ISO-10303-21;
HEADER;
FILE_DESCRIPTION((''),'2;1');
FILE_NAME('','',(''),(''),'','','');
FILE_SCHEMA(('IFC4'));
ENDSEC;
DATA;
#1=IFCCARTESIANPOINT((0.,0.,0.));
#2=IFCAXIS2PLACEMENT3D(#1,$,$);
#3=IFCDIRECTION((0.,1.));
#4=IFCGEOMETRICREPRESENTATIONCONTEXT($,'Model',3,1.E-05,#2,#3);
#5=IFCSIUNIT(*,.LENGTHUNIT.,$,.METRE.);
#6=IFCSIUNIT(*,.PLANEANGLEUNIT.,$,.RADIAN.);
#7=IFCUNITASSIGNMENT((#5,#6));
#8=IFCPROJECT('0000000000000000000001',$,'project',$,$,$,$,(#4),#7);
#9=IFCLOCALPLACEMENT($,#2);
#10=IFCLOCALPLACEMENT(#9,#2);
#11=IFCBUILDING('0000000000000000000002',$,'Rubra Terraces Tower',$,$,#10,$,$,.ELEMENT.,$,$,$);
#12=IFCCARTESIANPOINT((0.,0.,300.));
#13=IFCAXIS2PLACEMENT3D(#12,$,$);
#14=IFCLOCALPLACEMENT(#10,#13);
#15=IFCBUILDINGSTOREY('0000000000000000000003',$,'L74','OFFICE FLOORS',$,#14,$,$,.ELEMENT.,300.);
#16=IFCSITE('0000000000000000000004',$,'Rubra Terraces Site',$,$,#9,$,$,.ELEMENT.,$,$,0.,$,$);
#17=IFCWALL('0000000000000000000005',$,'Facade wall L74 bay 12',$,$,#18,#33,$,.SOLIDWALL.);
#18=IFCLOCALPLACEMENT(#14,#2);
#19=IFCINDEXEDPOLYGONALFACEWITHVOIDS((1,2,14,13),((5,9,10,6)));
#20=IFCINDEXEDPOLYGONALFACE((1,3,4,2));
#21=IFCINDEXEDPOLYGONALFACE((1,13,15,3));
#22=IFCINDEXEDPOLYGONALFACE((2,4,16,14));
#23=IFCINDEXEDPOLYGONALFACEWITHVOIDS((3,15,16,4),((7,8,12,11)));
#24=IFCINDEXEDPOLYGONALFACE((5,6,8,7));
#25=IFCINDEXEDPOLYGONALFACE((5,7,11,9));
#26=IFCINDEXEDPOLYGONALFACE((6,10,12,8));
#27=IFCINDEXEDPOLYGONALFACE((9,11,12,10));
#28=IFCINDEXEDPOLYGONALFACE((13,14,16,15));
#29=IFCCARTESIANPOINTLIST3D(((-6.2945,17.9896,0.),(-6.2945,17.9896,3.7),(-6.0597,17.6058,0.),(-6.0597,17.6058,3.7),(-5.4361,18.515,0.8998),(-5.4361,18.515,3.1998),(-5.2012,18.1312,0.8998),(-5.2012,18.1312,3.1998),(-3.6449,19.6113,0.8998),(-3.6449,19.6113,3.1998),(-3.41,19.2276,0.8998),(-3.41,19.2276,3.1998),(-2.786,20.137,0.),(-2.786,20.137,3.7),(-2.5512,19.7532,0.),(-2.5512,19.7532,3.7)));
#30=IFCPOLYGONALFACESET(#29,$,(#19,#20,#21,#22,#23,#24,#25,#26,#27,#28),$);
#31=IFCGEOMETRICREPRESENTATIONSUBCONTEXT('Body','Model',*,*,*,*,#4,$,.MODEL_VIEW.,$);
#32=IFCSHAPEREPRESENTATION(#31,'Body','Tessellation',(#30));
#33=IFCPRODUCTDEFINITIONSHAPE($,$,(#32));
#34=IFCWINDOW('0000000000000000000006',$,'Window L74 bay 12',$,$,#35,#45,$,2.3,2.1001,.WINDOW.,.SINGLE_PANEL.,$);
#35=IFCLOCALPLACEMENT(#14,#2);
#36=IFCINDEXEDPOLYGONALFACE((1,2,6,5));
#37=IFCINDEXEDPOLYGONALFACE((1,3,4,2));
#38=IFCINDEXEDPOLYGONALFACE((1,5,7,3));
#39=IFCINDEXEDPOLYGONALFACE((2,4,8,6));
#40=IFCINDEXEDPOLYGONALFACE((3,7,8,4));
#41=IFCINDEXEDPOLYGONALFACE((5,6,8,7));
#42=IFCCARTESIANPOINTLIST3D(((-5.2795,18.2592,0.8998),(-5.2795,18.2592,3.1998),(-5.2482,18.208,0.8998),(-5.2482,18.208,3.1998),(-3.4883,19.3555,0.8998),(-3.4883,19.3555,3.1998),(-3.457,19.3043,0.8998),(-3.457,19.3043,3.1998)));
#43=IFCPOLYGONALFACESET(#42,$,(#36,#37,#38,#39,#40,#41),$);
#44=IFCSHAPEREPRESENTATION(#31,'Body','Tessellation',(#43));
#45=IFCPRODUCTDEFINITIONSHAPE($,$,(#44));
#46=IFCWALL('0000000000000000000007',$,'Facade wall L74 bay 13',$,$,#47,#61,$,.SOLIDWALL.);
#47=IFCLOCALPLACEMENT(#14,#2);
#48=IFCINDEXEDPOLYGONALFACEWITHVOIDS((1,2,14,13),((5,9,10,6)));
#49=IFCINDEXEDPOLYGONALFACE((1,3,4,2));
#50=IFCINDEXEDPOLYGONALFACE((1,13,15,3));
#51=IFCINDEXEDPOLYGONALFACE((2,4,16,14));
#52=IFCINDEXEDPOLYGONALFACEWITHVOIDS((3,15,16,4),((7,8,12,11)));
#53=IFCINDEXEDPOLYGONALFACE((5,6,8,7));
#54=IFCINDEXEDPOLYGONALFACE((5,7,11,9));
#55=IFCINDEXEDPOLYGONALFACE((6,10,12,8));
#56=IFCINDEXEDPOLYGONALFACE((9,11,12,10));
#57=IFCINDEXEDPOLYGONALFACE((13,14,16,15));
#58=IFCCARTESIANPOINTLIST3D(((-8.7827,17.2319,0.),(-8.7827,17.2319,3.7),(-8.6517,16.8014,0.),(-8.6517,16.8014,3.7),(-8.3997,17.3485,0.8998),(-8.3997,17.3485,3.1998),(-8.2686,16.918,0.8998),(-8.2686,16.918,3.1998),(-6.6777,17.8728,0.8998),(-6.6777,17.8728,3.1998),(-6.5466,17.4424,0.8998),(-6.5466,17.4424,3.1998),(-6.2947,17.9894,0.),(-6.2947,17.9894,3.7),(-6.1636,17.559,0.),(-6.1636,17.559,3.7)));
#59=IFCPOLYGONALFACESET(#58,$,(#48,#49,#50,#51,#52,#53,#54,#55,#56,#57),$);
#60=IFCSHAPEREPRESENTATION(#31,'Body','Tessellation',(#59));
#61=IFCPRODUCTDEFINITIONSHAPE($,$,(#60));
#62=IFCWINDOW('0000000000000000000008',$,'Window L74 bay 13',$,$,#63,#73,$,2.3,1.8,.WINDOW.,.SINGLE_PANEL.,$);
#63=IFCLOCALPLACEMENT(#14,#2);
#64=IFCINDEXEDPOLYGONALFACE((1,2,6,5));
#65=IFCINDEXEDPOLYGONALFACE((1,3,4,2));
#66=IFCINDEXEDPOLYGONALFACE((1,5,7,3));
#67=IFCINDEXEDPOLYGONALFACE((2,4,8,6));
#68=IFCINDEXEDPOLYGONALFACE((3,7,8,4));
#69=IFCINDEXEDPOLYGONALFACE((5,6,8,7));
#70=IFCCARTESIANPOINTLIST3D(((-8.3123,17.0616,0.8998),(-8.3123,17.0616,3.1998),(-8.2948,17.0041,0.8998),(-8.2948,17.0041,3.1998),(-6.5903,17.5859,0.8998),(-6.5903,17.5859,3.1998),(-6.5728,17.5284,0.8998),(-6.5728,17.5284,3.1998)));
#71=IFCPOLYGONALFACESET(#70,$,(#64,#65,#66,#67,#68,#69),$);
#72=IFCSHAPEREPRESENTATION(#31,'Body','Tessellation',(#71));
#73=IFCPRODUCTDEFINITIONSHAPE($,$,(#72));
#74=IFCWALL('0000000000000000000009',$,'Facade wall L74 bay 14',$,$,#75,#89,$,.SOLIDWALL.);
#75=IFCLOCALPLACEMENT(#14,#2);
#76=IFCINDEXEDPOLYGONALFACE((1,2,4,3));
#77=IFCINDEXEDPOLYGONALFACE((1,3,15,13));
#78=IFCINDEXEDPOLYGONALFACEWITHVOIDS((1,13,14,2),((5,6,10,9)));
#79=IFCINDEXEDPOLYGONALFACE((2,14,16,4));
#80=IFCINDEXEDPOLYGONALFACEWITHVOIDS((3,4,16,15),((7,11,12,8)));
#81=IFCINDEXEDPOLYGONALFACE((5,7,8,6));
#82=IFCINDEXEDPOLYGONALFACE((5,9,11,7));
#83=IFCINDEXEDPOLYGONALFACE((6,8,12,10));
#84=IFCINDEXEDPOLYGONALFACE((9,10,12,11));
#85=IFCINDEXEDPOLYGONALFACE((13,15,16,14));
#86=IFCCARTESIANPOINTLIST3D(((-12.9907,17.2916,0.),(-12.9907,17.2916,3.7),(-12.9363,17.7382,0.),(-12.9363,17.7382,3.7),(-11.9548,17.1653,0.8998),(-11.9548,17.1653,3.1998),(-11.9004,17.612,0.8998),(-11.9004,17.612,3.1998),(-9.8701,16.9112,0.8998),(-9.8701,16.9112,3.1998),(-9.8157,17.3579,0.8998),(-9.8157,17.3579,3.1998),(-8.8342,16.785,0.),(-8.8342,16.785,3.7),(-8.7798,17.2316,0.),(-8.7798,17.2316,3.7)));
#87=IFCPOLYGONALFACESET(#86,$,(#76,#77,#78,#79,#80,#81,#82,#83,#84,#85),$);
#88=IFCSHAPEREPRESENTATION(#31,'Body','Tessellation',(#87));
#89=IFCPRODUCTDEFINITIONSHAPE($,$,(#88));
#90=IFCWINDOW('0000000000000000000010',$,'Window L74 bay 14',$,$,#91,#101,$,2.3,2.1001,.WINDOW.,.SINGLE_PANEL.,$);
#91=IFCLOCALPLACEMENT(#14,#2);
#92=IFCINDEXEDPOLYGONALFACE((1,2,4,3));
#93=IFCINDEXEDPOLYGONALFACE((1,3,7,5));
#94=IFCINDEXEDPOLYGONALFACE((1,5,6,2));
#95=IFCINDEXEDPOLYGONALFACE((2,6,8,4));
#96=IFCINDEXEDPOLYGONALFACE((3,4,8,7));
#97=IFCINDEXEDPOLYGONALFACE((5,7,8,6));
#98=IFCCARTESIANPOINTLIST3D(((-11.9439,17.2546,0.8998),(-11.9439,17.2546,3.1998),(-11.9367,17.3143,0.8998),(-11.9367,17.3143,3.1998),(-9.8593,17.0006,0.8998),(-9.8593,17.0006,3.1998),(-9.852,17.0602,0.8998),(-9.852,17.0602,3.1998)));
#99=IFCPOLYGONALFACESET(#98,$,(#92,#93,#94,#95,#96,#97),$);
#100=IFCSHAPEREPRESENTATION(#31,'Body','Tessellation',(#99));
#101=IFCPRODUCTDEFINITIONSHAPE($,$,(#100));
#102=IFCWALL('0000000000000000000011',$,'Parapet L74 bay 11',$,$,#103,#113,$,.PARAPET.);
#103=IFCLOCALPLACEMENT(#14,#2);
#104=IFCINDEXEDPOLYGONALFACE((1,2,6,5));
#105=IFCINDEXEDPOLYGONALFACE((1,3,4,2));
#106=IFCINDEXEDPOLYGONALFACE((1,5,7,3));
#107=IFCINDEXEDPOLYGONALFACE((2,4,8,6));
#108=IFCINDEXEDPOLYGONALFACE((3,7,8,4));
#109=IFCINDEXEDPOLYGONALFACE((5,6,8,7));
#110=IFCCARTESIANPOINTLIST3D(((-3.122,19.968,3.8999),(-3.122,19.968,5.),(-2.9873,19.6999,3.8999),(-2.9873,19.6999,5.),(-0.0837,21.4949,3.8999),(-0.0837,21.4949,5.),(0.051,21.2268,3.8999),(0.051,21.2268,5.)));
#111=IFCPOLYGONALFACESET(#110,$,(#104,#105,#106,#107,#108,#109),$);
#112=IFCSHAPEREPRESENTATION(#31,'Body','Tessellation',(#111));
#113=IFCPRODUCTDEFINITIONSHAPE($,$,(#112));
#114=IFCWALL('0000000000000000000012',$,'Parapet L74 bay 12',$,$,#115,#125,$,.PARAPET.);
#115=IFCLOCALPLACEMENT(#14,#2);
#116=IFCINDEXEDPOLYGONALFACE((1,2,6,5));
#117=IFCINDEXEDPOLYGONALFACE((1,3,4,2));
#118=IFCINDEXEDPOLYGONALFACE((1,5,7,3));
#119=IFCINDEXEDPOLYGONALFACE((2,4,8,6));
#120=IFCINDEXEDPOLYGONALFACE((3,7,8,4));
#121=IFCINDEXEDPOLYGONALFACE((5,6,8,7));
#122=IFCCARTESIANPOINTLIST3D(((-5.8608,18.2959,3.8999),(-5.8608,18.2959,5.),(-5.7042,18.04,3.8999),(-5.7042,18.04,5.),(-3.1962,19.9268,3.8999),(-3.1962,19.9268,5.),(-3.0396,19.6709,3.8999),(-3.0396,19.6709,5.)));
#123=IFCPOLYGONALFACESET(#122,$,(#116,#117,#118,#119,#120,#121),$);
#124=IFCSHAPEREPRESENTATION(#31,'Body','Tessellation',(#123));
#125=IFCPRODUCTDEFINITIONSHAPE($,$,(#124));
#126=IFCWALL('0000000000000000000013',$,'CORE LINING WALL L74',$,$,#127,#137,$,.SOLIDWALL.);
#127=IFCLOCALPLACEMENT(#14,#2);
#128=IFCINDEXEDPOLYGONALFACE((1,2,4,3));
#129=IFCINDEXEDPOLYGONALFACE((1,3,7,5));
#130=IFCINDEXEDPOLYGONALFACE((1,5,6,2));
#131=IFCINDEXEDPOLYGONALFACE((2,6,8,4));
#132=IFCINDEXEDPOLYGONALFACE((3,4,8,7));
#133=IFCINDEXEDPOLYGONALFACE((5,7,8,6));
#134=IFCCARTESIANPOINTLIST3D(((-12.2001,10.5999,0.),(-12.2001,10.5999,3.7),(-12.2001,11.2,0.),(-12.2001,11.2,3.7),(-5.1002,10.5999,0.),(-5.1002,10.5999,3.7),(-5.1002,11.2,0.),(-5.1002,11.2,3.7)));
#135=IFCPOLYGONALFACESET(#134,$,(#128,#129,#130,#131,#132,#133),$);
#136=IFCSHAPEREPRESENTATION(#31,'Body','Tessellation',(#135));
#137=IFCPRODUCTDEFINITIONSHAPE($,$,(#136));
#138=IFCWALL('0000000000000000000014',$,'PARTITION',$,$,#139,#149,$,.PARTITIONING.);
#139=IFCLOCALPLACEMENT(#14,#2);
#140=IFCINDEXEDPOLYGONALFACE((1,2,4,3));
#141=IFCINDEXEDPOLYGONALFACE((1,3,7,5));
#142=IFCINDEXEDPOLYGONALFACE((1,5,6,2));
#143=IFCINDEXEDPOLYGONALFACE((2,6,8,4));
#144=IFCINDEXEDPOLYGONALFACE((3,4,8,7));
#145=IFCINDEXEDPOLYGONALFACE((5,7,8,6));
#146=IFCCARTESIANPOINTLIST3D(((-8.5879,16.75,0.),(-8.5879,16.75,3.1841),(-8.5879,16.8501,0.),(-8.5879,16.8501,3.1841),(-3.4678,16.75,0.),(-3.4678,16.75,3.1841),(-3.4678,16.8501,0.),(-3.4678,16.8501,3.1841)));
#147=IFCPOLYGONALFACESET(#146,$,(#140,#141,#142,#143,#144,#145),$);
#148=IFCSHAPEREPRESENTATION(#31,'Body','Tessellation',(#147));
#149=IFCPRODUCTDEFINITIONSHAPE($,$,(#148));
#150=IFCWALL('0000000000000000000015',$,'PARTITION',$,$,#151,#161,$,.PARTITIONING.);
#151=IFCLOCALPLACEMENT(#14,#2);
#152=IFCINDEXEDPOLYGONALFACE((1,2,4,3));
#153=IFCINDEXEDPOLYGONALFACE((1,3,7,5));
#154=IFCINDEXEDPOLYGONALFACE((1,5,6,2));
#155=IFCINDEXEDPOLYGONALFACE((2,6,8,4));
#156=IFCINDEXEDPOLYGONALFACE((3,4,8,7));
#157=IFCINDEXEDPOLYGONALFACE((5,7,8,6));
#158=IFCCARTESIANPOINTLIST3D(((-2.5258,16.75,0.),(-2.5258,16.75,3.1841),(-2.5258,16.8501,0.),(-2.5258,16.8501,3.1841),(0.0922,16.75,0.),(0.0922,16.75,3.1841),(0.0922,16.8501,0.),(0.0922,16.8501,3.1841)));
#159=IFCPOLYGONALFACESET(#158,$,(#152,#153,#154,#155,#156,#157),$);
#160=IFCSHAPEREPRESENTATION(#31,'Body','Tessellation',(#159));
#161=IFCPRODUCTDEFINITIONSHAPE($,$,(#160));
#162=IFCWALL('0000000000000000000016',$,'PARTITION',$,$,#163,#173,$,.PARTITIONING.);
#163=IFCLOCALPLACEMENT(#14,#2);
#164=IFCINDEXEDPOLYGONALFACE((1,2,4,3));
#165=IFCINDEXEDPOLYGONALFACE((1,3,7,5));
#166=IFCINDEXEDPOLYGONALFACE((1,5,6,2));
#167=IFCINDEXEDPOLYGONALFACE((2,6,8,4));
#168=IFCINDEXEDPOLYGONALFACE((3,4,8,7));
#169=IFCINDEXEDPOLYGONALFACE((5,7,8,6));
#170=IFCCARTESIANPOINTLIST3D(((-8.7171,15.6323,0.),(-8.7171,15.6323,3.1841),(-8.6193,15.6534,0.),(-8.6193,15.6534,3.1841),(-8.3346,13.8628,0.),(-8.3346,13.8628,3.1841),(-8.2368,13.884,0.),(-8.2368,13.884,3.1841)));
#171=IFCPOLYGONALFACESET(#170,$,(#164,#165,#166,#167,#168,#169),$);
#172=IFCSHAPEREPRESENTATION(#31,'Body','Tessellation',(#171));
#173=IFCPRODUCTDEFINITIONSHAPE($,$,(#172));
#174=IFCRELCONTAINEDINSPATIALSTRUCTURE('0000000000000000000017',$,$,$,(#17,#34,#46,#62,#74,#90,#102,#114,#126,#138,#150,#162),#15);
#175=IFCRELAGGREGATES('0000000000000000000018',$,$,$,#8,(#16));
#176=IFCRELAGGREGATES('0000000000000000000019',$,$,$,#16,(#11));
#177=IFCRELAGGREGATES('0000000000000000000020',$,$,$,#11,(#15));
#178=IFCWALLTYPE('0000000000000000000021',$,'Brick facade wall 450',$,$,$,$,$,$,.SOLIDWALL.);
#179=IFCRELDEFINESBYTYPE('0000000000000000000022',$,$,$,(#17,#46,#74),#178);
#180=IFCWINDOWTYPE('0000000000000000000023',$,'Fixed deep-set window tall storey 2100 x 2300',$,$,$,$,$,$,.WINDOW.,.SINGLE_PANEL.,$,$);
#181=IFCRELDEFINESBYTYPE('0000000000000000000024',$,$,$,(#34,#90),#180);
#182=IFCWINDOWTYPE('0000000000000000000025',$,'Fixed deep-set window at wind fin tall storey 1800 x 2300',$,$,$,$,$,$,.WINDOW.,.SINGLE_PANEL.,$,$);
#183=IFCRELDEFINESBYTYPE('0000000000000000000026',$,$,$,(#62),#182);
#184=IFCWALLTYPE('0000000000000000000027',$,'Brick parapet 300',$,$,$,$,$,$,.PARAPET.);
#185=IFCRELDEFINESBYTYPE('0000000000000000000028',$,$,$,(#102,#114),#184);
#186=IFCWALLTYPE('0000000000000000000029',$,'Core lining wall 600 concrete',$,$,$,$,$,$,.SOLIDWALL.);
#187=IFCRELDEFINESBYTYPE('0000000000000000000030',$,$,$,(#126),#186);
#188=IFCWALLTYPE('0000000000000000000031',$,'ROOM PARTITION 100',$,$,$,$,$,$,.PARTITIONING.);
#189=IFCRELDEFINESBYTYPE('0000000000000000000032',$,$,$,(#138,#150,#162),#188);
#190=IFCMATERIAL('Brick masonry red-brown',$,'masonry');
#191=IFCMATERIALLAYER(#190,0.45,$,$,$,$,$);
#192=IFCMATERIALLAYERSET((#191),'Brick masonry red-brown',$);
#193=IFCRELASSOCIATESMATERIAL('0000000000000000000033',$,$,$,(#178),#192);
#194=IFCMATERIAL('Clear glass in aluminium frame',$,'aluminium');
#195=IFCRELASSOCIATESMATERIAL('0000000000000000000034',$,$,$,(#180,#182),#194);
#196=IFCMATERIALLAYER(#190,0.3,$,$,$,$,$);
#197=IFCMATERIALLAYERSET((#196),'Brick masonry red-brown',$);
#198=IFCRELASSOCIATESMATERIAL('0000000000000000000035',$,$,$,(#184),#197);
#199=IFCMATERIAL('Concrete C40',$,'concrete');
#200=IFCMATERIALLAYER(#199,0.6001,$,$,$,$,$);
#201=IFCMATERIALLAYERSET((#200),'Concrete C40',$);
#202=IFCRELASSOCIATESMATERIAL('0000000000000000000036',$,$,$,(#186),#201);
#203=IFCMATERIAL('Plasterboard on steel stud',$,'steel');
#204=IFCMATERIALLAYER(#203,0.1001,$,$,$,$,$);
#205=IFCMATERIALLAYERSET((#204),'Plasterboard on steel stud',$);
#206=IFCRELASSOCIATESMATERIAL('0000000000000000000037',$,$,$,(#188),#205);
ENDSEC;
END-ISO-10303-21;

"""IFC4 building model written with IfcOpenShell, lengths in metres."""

from ifc_helpers import new_model, si_unit, direction, frame, frame_2d, origin, place, context, subcontext, project, spatial, rectangle, extrude, material, layer, layer_set, type_object, element, fill, save


model = new_model("IFC4")

# Units and contexts
model_context = context("Model", 3, precision=1e-05, world=origin(), true_north=direction((0.0, 1.0)))
body_context = subcontext(model_context, "Body", "Model", "MODEL_VIEW")
ifc_project = project(units=[si_unit("LENGTHUNIT", "METRE"), si_unit("PLANEANGLEUNIT", "RADIAN")], contexts=[model_context])

# Site, building, storey
site_placement = place(None, origin())
site = spatial("IfcSite", under=ifc_project, at=site_placement, Name="Rubra Terraces Site", CompositionType="ELEMENT", RefElevation=0.0)
building_placement = place(site_placement, origin())
building = spatial("IfcBuilding", under=site, at=building_placement, Name="Rubra Terraces Tower", CompositionType="ELEMENT")
storey_placement = place(building_placement, frame((0.0, 0.0, 300.0)))
storey = spatial("IfcBuildingStorey", under=building, at=storey_placement, Name="L74", Description="OFFICE FLOORS", CompositionType="ELEMENT", Elevation=300.0)

# Walls, openings, windows
ifc_material_1 = material(Name="Brick masonry red-brown", Category="masonry")
ifc_layer_1 = layer(ifc_material_1, 0.45)
ifc_layer_set_1 = layer_set([ifc_layer_1], Name="Brick masonry red-brown")
wall_type_1 = type_object("IfcWallType", Name="Brick facade wall 450", PredefinedType="SOLIDWALL", material=ifc_layer_set_1)
wall_1_placement = place(storey_placement, frame((-2.6687, 19.9451, 0.0), z_axis=(0.0, 0.0, 1.0), x_axis=(-0.852919, -0.522043, 0.0)))
wall_1 = element("IfcWall", 1, at=wall_1_placement, inside=storey, type_object=wall_type_1, Name="Facade wall L74 bay 12", PredefinedType="SOLIDWALL", context=body_context, shape_type="SweptSolid", body=[
    extrude(rectangle(XDim=4.1135, YDim=0.45, at=frame_2d((2.0566, 0.0))), origin(), (0.0, 0.0, 1.0), 3.7),
])
opening_1_placement = place(wall_1_placement, frame((1.0068, 0.0, 0.8999)))
opening_1 = element("IfcOpeningElement", 2, at=opening_1_placement, cuts=wall_1, PredefinedType="OPENING", context=body_context, shape_type="SweptSolid", body=[
    extrude(rectangle(XDim=2.1001, YDim=2.3, at=frame_2d((1.05, 1.1499))), frame((0.0, 0.2349, 0.0), z_axis=(0.0, -1.0, 0.0), x_axis=(1.0, 0.0, 0.0)), (0.0, 0.0, 1.0), 0.47),
])
ifc_material_2 = material(Name="Clear glass in aluminium frame", Category="aluminium")
window_type_1 = type_object("IfcWindowType", Name="Fixed deep-set window tall storey 2100 x 2300", PartitioningType="SINGLE_PANEL", PredefinedType="WINDOW", material=ifc_material_2)
window_1_placement = place(opening_1_placement, origin())
window_1 = element("IfcWindow", 3, at=window_1_placement, inside=storey, type_object=window_type_1, Name="Window L74 bay 12", OverallHeight=2.3, OverallWidth=2.1001, PartitioningType="SINGLE_PANEL", PredefinedType="WINDOW", context=body_context, shape_type="SweptSolid", body=[
    extrude(rectangle(XDim=2.1001, YDim=2.3, at=frame_2d((1.05, 1.1499))), frame((0.0, 0.135, 0.0), z_axis=(0.0, -1.0, 0.0), x_axis=(1.0, 0.0, 0.0)), (0.0, 0.0, 1.0), 0.0601),
])
fill(opening_1, window_1)
wall_2_placement = place(storey_placement, frame((-6.2292, 17.7742, 0.0), z_axis=(0.0, 0.0, 1.0), x_axis=(-0.956637, -0.291281, 0.0)))
wall_2 = element("IfcWall", 4, at=wall_2_placement, inside=storey, type_object=wall_type_1, Name="Facade wall L74 bay 13", PredefinedType="SOLIDWALL", context=body_context, shape_type="SweptSolid", body=[
    extrude(rectangle(XDim=2.6008, YDim=0.45, at=frame_2d((1.3003, 0.0))), origin(), (0.0, 0.0, 1.0), 3.7),
])
opening_2_placement = place(wall_2_placement, frame((0.4004, 0.0, 0.8999)))
opening_2 = element("IfcOpeningElement", 5, at=opening_2_placement, cuts=wall_2, PredefinedType="OPENING", context=body_context, shape_type="SweptSolid", body=[
    extrude(rectangle(XDim=1.8, YDim=2.3, at=frame_2d((0.8999, 1.1499))), frame((0.0, 0.2349, 0.0), z_axis=(0.0, -1.0, 0.0), x_axis=(1.0, 0.0, 0.0)), (0.0, 0.0, 1.0), 0.47),
])
window_type_2 = type_object("IfcWindowType", Name="Fixed deep-set window at wind fin tall storey 1800 x 2300", PartitioningType="SINGLE_PANEL", PredefinedType="WINDOW", material=ifc_material_2)
window_2_placement = place(opening_2_placement, origin())
window_2 = element("IfcWindow", 6, at=window_2_placement, inside=storey, type_object=window_type_2, Name="Window L74 bay 13", OverallHeight=2.3, OverallWidth=1.8, PartitioningType="SINGLE_PANEL", PredefinedType="WINDOW", context=body_context, shape_type="SweptSolid", body=[
    extrude(rectangle(XDim=1.8, YDim=2.3, at=frame_2d((0.8999, 1.1499))), frame((0.0, 0.135, 0.0), z_axis=(0.0, -1.0, 0.0), x_axis=(1.0, 0.0, 0.0)), (0.0, 0.0, 1.0), 0.0601),
])
fill(opening_2, window_2)
wall_3_placement = place(storey_placement, frame((-8.8069, 17.0083, 0.0), z_axis=(0.0, 0.0, 1.0), x_axis=(-0.992654, 0.120984, 0.0)))
wall_3 = element("IfcWall", 7, at=wall_3_placement, inside=storey, type_object=wall_type_1, Name="Facade wall L74 bay 14", PredefinedType="SOLIDWALL", context=body_context, shape_type="SweptSolid", body=[
    extrude(rectangle(XDim=4.1873, YDim=0.45, at=frame_2d((2.0938, 0.0))), origin(), (0.0, 0.0, 1.0), 3.7),
])
opening_3_placement = place(wall_3_placement, frame((1.0437, 0.0, 0.8999)))
opening_3 = element("IfcOpeningElement", 8, at=opening_3_placement, cuts=wall_3, PredefinedType="OPENING", context=body_context, shape_type="SweptSolid", body=[
    extrude(rectangle(XDim=2.1001, YDim=2.3, at=frame_2d((1.05, 1.1499))), frame((0.0, 0.2349, 0.0), z_axis=(0.0, -1.0, 0.0), x_axis=(1.0, 0.0, 0.0)), (0.0, 0.0, 1.0), 0.47),
])
window_3_placement = place(opening_3_placement, origin())
window_3 = element("IfcWindow", 9, at=window_3_placement, inside=storey, type_object=window_type_1, Name="Window L74 bay 14", OverallHeight=2.3, OverallWidth=2.1001, PartitioningType="SINGLE_PANEL", PredefinedType="WINDOW", context=body_context, shape_type="SweptSolid", body=[
    extrude(rectangle(XDim=2.1001, YDim=2.3, at=frame_2d((1.05, 1.1499))), frame((0.0, 0.135, 0.0), z_axis=(0.0, -1.0, 0.0), x_axis=(1.0, 0.0, 0.0)), (0.0, 0.0, 1.0), 0.0601),
])
fill(opening_3, window_3)

# Walls
ifc_layer_2 = layer(ifc_material_1, 0.3)
ifc_layer_set_2 = layer_set([ifc_layer_2], Name="Brick masonry red-brown")
wall_type_2 = type_object("IfcWallType", Name="Brick parapet 300", PredefinedType="PARAPET", material=ifc_layer_set_2)
wall_4_placement = place(storey_placement, frame((-0.0164, 21.3608, 3.8999), z_axis=(0.0, 0.0, 1.0), x_axis=(-0.893521, -0.449022, 0.0)))
element("IfcWall", 10, at=wall_4_placement, inside=storey, type_object=wall_type_2, Name="Parapet L74 bay 11", PredefinedType="PARAPET", context=body_context, shape_type="SweptSolid", body=[
    extrude(rectangle(XDim=3.4004, YDim=0.3, at=frame_2d((1.7002, 0.0))), origin(), (0.0, 0.0, 1.0), 1.1001),
])
wall_5_placement = place(storey_placement, frame((-3.1179, 19.7988, 3.8999), z_axis=(0.0, 0.0, 1.0), x_axis=(-0.852922, -0.522038, 0.0)))
element("IfcWall", 11, at=wall_5_placement, inside=storey, type_object=wall_type_2, Name="Parapet L74 bay 12", PredefinedType="PARAPET", context=body_context, shape_type="SweptSolid", body=[
    extrude(rectangle(XDim=3.124, YDim=0.3, at=frame_2d((1.562, 0.0))), origin(), (0.0, 0.0, 1.0), 1.1001),
])
ifc_material_3 = material(Name="Concrete C40", Category="concrete")
ifc_layer_3 = layer(ifc_material_3, 0.6001)
ifc_layer_set_3 = layer_set([ifc_layer_3], Name="Concrete C40")
wall_type_3 = type_object("IfcWallType", Name="Core lining wall 600 concrete", PredefinedType="SOLIDWALL", material=ifc_layer_set_3)
wall_6_placement = place(storey_placement, frame((-12.2, 10.8999, 0.0), z_axis=(0.0, 0.0, 1.0), x_axis=(1.0, 0.0, 0.0)))
element("IfcWall", 12, at=wall_6_placement, inside=storey, type_object=wall_type_3, Name="CORE LINING WALL L74", PredefinedType="SOLIDWALL", context=body_context, shape_type="SweptSolid", body=[
    extrude(rectangle(XDim=7.0999, YDim=0.6001, at=frame_2d((3.5498, 0.0))), origin(), (0.0, 0.0, 1.0), 3.7),
])
ifc_material_4 = material(Name="Plasterboard on steel stud", Category="steel")
ifc_layer_4 = layer(ifc_material_4, 0.1001)
ifc_layer_set_4 = layer_set([ifc_layer_4], Name="Plasterboard on steel stud")
wall_type_4 = type_object("IfcWallType", Name="ROOM PARTITION 100", PredefinedType="PARTITIONING", material=ifc_layer_set_4)
wall_7_placement = place(storey_placement, frame((-8.5879, 16.8, 0.0), z_axis=(0.0, 0.0, 1.0), x_axis=(1.0, 0.0, 0.0)))
element("IfcWall", 13, at=wall_7_placement, inside=storey, type_object=wall_type_4, Name="PARTITION", PredefinedType="PARTITIONING", context=body_context, shape_type="SweptSolid", body=[
    extrude(rectangle(XDim=5.1201, YDim=0.1001, at=frame_2d((2.5601, 0.0))), origin(), (0.0, 0.0, 1.0), 3.1841),
])
wall_8_placement = place(storey_placement, frame((-2.5259, 16.8, 0.0), z_axis=(0.0, 0.0, 1.0), x_axis=(1.0, 0.0, 0.0)))
element("IfcWall", 14, at=wall_8_placement, inside=storey, type_object=wall_type_4, Name="PARTITION", PredefinedType="PARTITIONING", context=body_context, shape_type="SweptSolid", body=[
    extrude(rectangle(XDim=2.6179, YDim=0.1001, at=frame_2d((1.3091, 0.0))), origin(), (0.0, 0.0, 1.0), 3.1841),
])
wall_9_placement = place(storey_placement, frame((-8.2856, 13.8733, 0.0), z_axis=(0.0, 0.0, 1.0), x_axis=(-0.211315, 0.977418, 0.0)))
element("IfcWall", 15, at=wall_9_placement, inside=storey, type_object=wall_type_4, Name="PARTITION", PredefinedType="PARTITIONING", context=body_context, shape_type="SweptSolid", body=[
    extrude(rectangle(XDim=1.8103, YDim=0.1001, at=frame_2d((0.9053, 0.0))), origin(), (0.0, 0.0, 1.0), 3.1841),
])

save(model, "model.ifc")
